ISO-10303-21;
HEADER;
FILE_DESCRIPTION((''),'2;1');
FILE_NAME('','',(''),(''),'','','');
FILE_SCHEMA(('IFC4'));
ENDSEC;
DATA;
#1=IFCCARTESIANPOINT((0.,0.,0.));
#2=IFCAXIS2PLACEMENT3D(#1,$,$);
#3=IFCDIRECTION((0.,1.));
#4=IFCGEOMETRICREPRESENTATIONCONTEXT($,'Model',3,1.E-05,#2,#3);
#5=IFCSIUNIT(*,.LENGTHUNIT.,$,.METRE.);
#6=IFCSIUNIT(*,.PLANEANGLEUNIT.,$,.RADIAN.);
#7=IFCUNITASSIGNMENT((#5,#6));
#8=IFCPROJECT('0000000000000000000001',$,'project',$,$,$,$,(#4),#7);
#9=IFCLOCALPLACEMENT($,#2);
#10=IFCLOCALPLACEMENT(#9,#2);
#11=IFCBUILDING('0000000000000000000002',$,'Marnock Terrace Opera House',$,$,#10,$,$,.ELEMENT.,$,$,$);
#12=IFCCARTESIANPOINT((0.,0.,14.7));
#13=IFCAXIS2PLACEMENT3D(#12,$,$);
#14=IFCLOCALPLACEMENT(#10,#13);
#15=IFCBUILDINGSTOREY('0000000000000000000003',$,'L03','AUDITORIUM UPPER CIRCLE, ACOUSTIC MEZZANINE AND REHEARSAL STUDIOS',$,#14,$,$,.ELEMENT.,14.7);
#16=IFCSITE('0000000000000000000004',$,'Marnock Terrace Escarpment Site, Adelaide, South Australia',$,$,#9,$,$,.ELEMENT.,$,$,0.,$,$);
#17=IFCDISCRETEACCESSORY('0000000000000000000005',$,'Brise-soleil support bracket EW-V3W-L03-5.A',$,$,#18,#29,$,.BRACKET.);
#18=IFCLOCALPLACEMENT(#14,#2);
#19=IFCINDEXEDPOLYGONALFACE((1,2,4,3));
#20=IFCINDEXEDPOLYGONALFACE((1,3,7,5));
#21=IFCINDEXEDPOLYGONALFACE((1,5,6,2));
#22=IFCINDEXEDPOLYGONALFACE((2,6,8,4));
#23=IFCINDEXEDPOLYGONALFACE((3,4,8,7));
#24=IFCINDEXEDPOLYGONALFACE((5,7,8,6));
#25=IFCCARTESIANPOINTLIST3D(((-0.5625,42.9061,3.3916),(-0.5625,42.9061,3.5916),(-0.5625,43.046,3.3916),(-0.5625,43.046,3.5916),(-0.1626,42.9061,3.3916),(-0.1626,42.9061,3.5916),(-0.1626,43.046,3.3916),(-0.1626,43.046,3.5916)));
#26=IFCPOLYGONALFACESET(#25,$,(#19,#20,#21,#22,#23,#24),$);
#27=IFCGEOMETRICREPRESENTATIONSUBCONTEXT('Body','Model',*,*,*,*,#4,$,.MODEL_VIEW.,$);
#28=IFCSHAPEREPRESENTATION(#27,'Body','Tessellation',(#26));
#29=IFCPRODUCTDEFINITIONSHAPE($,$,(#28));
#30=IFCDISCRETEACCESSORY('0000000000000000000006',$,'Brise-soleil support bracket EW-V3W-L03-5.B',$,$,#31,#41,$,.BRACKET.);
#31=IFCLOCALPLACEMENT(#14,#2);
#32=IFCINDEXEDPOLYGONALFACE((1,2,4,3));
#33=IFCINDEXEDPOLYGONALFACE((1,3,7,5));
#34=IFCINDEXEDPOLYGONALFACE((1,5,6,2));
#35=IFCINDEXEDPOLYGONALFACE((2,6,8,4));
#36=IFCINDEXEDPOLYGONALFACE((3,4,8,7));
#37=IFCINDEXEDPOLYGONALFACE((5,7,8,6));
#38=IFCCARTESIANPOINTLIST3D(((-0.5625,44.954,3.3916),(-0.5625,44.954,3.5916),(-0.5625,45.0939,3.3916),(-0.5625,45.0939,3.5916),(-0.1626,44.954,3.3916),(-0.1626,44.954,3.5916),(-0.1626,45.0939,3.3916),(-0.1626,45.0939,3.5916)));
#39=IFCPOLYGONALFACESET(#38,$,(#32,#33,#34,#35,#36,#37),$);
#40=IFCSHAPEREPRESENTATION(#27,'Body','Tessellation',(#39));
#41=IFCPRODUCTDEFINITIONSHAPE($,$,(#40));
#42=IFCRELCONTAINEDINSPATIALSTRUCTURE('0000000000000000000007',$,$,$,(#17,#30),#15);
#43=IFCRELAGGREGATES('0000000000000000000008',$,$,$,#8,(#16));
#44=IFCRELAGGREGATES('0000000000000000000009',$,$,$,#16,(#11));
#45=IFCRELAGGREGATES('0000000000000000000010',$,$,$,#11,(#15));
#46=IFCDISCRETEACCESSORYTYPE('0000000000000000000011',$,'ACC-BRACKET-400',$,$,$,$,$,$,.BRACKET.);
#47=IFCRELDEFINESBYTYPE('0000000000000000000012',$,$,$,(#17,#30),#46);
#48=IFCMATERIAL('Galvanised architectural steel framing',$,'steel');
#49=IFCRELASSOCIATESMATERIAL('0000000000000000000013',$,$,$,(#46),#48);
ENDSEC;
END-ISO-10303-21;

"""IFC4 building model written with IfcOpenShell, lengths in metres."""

from ifc_helpers import new_model, si_unit, direction, frame, origin, origin_2d, place, context, subcontext, project, spatial, rectangle, extrude, material, type_object, element, save


model = new_model("IFC4")

# Units and contexts
model_context = context("Model", 3, precision=1e-05, world=origin(), true_north=direction((0.0, 1.0)))
body_context = subcontext(model_context, "Body", "Model", "MODEL_VIEW")
ifc_project = project(units=[si_unit("LENGTHUNIT", "METRE"), si_unit("PLANEANGLEUNIT", "RADIAN")], contexts=[model_context])

# Site, building, storey
site_placement = place(None, origin())
site = spatial("IfcSite", under=ifc_project, at=site_placement, Name="Marnock Terrace Escarpment Site, Adelaide, South Australia", CompositionType="ELEMENT", RefElevation=0.0)
building_placement = place(site_placement, origin())
building = spatial("IfcBuilding", under=site, at=building_placement, Name="Marnock Terrace Opera House", CompositionType="ELEMENT")
storey_placement = place(building_placement, frame((0.0, 0.0, 14.7)))
storey = spatial("IfcBuildingStorey", under=building, at=storey_placement, Name="L03", Description="AUDITORIUM UPPER CIRCLE, ACOUSTIC MEZZANINE AND REHEARSAL STUDIOS", CompositionType="ELEMENT", Elevation=14.7)

# Discrete accessories
ifc_material_1 = material(Name="Galvanised architectural steel framing", Category="steel")
discrete_accessory_type = type_object("IfcDiscreteAccessoryType", Name="ACC-BRACKET-400", PredefinedType="BRACKET", material=ifc_material_1)
for number, where, z_axis, x_axis, name in (
    (1, (-0.3625, 42.9761, 3.3916), (0.0, 0.0, 1.0), (0.0, 1.0, 0.0), "Brise-soleil support bracket EW-V3W-L03-5.A"),
    (2, (-0.3625, 45.0239, 3.3916), (0.0, 0.0, 1.0), (0.0, 1.0, 0.0), "Brise-soleil support bracket EW-V3W-L03-5.B"),
):
    element("IfcDiscreteAccessory", number, at=place(storey_placement, frame(where, z_axis=z_axis, x_axis=x_axis)), inside=storey, type_object=discrete_accessory_type, Name=name, PredefinedType="BRACKET", context=body_context, shape_type="SweptSolid", body=[
        extrude(rectangle(XDim=0.1399, YDim=0.3999, at=origin_2d()), origin(), (0.0, 0.0, 1.0), 0.2),
    ])

save(model, "model.ifc")
